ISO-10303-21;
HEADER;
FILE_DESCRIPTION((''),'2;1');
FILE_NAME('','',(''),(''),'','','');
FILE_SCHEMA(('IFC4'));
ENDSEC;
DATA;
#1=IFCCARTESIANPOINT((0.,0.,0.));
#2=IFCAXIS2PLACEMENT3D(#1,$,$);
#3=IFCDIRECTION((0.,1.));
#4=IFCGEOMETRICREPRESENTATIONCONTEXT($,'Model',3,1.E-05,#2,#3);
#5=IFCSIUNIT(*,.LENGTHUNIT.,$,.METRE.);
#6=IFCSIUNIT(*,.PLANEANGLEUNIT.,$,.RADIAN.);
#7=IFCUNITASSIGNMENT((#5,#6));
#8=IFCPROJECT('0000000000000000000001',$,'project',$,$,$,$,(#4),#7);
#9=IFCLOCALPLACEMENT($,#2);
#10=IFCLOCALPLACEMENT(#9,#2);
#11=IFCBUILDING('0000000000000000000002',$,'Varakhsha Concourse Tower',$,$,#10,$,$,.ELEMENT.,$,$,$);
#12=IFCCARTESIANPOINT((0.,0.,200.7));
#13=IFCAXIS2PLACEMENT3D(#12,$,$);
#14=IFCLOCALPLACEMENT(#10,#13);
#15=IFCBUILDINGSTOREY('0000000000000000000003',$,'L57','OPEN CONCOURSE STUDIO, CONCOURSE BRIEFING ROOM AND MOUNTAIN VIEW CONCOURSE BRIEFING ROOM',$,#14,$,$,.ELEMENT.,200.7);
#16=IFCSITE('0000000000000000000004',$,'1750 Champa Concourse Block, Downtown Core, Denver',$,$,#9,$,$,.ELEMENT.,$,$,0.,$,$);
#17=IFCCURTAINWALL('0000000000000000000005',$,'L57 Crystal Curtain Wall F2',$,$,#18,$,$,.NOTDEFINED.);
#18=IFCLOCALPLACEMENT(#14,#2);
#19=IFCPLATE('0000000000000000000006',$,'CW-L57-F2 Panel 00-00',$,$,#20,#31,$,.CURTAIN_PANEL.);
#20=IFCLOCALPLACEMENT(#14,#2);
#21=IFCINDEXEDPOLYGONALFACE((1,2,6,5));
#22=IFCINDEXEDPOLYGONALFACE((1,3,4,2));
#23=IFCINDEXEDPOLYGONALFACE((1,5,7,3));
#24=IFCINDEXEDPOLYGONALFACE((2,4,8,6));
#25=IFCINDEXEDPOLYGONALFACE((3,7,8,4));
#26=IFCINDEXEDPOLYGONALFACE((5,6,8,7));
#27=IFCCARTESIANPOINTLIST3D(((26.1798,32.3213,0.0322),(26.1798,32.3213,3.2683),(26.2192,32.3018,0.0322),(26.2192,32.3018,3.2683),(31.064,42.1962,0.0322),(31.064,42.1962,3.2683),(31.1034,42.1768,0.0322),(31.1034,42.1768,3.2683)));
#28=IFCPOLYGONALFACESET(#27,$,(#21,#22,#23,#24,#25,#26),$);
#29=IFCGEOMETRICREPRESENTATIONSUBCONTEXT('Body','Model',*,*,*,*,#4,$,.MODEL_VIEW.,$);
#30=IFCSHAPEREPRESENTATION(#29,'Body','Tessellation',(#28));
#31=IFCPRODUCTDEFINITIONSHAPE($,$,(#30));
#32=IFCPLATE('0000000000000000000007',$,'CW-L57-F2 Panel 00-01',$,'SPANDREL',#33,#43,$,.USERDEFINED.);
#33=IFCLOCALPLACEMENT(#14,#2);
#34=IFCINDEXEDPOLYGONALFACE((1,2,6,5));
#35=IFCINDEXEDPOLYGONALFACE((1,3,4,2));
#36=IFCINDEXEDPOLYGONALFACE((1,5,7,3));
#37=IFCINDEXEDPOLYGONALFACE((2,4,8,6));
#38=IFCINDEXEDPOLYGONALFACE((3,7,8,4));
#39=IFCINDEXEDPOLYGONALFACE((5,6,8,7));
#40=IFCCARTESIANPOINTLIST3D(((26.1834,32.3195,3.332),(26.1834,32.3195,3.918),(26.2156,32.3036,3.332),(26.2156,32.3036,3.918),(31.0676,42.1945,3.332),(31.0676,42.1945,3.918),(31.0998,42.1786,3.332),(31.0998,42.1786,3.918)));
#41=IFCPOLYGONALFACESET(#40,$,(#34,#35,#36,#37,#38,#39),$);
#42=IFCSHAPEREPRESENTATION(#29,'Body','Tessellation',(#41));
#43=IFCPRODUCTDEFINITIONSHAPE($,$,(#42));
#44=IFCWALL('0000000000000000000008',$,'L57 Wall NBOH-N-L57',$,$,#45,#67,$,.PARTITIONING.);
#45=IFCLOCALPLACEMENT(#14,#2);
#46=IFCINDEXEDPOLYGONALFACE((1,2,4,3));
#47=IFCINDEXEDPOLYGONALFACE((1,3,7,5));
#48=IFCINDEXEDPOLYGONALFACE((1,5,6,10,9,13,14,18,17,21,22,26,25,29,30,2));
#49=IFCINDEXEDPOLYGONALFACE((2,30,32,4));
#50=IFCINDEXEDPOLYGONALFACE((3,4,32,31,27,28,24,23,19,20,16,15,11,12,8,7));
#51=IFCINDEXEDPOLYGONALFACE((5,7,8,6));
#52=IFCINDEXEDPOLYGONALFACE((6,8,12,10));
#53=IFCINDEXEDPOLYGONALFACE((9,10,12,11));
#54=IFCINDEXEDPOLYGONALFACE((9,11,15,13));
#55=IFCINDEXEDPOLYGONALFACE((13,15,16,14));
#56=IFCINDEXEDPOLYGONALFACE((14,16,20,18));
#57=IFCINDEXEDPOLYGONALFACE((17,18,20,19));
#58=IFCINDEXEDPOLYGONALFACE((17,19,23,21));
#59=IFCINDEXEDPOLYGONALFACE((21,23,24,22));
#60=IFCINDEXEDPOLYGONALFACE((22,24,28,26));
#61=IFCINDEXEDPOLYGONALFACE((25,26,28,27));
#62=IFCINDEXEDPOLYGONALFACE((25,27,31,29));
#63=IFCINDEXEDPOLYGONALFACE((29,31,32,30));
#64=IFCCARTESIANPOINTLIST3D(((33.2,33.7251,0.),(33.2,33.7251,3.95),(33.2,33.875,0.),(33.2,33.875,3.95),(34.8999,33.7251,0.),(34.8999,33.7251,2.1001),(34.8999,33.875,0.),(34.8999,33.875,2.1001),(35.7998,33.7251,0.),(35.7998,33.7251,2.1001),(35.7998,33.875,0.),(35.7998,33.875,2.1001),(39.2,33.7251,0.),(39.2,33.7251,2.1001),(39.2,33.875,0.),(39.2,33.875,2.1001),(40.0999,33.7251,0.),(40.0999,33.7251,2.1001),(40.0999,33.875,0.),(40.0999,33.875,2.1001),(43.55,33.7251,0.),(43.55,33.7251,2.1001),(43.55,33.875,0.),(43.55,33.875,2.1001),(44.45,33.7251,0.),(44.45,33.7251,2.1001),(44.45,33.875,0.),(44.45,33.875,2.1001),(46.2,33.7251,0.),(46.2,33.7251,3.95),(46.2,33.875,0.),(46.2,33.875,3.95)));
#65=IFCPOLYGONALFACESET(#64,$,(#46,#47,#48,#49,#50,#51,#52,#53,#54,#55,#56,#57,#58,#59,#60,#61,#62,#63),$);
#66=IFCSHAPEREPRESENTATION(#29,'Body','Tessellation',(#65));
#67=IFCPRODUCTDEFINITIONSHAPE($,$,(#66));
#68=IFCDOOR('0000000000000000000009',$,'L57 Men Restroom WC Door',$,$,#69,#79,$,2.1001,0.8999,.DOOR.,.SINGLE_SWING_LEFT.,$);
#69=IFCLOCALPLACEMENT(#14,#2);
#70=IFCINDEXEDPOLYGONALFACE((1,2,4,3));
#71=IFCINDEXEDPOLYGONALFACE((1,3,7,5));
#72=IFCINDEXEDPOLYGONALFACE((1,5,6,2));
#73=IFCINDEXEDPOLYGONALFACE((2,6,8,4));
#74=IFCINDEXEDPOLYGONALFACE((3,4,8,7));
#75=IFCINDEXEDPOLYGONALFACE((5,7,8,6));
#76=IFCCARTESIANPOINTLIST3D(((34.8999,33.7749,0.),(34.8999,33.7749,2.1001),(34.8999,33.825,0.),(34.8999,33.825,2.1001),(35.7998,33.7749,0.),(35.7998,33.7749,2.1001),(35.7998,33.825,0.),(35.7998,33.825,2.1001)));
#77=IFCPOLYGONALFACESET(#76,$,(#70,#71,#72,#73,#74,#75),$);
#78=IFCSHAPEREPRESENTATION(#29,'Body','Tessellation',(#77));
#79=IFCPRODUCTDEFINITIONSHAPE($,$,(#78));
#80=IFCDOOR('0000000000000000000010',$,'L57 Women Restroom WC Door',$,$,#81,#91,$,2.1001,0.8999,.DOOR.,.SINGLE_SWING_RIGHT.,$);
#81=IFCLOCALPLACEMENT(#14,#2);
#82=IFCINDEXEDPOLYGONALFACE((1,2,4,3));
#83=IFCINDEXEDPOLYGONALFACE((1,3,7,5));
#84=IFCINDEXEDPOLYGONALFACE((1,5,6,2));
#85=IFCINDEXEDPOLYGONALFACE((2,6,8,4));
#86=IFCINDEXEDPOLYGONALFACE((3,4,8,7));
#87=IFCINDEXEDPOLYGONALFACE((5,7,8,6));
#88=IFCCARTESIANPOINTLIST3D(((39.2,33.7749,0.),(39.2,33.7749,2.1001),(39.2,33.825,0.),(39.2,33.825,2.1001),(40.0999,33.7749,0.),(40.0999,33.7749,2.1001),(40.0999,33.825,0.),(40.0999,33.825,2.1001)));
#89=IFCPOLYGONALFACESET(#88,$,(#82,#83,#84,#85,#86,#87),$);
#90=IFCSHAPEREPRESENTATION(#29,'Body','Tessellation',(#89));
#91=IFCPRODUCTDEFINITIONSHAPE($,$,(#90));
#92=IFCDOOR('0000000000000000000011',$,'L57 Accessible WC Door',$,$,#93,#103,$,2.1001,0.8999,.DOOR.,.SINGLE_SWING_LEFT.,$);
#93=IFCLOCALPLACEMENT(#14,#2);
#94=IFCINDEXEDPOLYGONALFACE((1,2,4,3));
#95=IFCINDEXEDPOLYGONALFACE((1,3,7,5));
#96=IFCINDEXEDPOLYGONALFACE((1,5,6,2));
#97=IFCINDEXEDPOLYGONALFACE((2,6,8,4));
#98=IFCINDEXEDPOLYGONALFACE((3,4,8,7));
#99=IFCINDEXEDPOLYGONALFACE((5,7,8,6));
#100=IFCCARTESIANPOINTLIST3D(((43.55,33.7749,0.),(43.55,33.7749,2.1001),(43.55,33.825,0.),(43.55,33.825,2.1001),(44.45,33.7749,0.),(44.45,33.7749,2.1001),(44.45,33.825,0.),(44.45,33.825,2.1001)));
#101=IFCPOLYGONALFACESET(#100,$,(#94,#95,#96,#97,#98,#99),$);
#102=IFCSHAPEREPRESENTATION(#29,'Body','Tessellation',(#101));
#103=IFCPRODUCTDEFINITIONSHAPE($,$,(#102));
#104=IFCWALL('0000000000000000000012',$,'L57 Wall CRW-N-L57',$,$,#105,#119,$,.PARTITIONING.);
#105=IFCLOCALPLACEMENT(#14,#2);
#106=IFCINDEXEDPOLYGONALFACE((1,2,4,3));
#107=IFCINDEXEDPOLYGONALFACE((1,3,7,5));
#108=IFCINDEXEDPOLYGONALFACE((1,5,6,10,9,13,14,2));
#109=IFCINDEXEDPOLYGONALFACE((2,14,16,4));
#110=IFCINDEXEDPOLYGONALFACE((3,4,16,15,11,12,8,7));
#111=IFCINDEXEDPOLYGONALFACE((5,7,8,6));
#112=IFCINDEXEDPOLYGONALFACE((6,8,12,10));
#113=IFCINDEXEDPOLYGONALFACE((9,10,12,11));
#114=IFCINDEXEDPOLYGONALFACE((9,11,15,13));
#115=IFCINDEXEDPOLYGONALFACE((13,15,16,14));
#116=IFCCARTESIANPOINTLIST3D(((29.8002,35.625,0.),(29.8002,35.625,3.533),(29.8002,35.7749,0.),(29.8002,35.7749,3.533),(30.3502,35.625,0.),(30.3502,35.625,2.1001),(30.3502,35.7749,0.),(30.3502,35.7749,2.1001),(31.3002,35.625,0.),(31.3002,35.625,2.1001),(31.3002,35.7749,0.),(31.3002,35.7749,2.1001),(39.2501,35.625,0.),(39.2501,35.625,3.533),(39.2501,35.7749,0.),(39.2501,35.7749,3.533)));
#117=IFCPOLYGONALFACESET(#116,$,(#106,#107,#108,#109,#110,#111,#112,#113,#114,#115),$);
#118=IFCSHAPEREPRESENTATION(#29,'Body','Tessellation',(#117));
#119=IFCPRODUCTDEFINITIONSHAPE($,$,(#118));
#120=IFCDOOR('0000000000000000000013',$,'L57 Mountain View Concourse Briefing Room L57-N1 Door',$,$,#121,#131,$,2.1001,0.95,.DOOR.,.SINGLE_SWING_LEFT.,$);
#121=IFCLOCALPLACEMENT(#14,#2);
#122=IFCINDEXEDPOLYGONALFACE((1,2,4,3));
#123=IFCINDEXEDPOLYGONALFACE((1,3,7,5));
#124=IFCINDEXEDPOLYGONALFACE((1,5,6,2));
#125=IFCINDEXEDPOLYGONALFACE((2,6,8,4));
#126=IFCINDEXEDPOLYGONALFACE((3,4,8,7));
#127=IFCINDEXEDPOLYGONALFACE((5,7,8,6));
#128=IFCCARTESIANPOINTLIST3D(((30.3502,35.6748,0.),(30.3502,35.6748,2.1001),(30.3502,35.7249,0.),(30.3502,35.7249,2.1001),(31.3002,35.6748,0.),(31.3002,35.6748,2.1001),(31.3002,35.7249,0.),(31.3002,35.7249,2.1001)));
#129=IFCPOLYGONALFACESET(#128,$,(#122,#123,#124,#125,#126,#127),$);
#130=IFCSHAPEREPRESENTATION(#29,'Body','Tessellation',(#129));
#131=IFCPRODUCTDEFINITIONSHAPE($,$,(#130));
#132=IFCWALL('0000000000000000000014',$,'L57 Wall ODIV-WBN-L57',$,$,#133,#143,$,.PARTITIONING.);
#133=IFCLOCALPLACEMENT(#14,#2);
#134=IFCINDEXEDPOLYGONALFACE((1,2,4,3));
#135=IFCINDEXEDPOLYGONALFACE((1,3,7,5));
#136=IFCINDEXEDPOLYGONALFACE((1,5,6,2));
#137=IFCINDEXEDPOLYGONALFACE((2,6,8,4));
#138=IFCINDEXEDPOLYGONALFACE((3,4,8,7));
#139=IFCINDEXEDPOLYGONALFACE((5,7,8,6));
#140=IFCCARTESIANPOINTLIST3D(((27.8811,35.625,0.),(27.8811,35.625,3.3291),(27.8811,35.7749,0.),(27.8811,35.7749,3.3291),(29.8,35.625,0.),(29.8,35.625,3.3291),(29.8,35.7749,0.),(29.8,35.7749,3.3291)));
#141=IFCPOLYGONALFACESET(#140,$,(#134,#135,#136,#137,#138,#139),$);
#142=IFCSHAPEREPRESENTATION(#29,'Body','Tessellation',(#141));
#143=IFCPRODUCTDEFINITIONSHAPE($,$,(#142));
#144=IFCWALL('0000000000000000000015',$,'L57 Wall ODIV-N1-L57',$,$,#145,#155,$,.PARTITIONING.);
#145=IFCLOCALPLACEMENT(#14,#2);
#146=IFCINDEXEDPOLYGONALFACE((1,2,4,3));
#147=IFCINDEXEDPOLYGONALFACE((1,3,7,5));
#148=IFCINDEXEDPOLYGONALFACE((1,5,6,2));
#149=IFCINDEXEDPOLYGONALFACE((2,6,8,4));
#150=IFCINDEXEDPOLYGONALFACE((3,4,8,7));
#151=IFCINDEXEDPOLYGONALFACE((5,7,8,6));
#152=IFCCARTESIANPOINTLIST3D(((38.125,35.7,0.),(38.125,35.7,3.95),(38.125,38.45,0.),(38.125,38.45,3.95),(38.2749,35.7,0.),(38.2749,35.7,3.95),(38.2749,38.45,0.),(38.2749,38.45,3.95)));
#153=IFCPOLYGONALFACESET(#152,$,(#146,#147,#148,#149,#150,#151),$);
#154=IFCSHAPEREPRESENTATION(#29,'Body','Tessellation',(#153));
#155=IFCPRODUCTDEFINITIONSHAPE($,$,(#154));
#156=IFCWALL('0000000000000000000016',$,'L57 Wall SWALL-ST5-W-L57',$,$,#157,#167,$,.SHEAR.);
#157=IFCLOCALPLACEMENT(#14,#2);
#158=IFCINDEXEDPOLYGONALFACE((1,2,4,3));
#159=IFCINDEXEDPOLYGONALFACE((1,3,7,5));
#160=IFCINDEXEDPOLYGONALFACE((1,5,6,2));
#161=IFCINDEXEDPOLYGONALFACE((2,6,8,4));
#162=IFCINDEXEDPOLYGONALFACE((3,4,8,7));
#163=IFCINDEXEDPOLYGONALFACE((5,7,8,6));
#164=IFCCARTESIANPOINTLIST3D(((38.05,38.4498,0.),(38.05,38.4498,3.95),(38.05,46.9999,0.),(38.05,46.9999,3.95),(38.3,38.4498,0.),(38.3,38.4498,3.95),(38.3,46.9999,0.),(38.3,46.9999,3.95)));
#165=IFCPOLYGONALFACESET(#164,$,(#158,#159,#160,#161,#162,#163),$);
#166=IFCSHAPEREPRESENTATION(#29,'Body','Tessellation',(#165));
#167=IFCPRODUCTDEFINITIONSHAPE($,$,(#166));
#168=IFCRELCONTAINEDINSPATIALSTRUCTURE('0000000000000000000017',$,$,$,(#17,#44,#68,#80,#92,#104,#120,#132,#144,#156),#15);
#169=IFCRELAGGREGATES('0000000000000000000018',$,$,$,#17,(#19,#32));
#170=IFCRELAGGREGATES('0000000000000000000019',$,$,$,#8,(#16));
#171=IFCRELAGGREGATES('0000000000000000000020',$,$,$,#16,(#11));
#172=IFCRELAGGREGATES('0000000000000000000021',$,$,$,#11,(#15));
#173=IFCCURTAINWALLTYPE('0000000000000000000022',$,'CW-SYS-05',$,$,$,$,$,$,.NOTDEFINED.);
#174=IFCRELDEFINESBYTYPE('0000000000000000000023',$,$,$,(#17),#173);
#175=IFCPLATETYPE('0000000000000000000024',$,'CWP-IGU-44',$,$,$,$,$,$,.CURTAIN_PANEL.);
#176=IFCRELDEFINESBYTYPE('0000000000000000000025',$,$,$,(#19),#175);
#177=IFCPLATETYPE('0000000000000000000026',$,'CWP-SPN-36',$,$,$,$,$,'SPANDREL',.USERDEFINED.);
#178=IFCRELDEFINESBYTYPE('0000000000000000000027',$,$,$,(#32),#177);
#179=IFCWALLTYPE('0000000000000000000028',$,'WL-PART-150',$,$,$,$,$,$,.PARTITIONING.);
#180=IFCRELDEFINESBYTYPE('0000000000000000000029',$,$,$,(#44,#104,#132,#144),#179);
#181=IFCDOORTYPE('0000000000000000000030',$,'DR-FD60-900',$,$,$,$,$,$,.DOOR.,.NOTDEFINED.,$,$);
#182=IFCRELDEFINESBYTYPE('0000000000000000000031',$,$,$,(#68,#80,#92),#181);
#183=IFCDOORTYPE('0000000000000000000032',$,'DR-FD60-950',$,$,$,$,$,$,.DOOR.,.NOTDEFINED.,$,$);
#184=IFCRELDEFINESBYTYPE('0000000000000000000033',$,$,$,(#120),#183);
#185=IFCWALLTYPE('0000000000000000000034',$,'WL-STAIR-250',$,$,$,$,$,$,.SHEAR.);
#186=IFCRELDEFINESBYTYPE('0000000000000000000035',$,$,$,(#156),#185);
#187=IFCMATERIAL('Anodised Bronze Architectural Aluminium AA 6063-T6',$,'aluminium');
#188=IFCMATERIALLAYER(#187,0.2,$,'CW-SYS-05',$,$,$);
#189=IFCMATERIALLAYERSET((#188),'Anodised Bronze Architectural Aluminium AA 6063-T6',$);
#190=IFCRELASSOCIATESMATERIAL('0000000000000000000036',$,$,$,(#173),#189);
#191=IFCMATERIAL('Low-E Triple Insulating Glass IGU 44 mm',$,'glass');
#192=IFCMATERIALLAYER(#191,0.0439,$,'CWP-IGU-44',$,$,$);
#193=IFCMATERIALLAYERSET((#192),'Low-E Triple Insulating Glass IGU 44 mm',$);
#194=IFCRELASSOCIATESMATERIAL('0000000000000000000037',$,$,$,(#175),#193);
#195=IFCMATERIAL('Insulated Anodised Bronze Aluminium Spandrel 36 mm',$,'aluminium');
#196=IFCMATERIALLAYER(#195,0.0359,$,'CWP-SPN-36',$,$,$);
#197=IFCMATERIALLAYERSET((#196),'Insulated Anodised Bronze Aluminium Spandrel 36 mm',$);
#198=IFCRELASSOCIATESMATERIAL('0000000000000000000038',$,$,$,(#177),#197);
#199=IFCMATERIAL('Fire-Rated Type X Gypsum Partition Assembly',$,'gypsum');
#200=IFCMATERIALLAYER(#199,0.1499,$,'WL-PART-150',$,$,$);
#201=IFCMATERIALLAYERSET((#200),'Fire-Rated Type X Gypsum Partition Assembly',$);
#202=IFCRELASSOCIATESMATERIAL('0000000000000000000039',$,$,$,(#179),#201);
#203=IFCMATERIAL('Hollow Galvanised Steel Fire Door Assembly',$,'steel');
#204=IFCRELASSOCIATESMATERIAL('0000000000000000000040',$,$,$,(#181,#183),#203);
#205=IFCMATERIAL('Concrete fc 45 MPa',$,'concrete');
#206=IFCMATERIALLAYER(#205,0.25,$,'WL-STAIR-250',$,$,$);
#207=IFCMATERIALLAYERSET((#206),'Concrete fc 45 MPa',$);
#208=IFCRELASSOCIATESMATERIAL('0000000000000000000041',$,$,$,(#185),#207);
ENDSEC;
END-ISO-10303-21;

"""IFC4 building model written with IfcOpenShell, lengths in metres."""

from ifc_helpers import new_model, si_unit, direction, frame, frame_2d, origin, origin_2d, place, context, subcontext, project, spatial, rectangle, extrude, source, transform, mapped, material, layer, layer_set, type_object, type_shapes, element, fill, aggregate, save


model = new_model("IFC4")

# Units and contexts
model_context = context("Model", 3, precision=1e-05, world=origin(), true_north=direction((0.0, 1.0)))
body_context = subcontext(model_context, "Body", "Model", "MODEL_VIEW")
ifc_project = project(units=[si_unit("LENGTHUNIT", "METRE"), si_unit("PLANEANGLEUNIT", "RADIAN")], contexts=[model_context])

# Site, building, storey
site_placement = place(None, origin())
site = spatial("IfcSite", under=ifc_project, at=site_placement, Name="1750 Champa Concourse Block, Downtown Core, Denver", CompositionType="ELEMENT", RefElevation=0.0)
building_placement = place(site_placement, origin())
building = spatial("IfcBuilding", under=site, at=building_placement, Name="Varakhsha Concourse Tower", CompositionType="ELEMENT")
storey_placement = place(building_placement, frame((0.0, 0.0, 200.7)))
storey = spatial("IfcBuildingStorey", under=building, at=storey_placement, Name="L57", Description="OPEN CONCOURSE STUDIO, CONCOURSE BRIEFING ROOM AND MOUNTAIN VIEW CONCOURSE BRIEFING ROOM", CompositionType="ELEMENT", Elevation=200.7)

# Curtain wall
ifc_material_1 = material(Name="Anodised Bronze Architectural Aluminium AA 6063-T6", Category="aluminium")
ifc_layer_1 = layer(ifc_material_1, 0.2, Name="CW-SYS-05")
ifc_layer_set_1 = layer_set([ifc_layer_1], Name="Anodised Bronze Architectural Aluminium AA 6063-T6")
curtain_wall_type = type_object("IfcCurtainWallType", Name="CW-SYS-05", PredefinedType="NOTDEFINED", material=ifc_layer_set_1)
curtain_wall_1_placement = place(storey_placement, origin())
curtain_wall_1 = element("IfcCurtainWall", 1, at=curtain_wall_1_placement, inside=storey, type_object=curtain_wall_type, Name="L57 Crystal Curtain Wall F2", PredefinedType="NOTDEFINED")

# Plates
ifc_material_2 = material(Name="Low-E Triple Insulating Glass IGU 44 mm", Category="glass")
ifc_layer_2 = layer(ifc_material_2, 0.0439, Name="CWP-IGU-44")
ifc_layer_set_2 = layer_set([ifc_layer_2], Name="Low-E Triple Insulating Glass IGU 44 mm")
plate_type_1 = type_object("IfcPlateType", Name="CWP-IGU-44", PredefinedType="CURTAIN_PANEL", material=ifc_layer_set_2)
shared_shape_1 = source(origin(), body_context, "Body", "SweptSolid", [
    extrude(rectangle(XDim=11.0168, YDim=0.0439, at=origin_2d()), origin(), (0.0, 0.0, 1.0), 3.2361),
])
type_shapes(plate_type_1, [shared_shape_1])
plate_1_placement = place(storey_placement, frame((28.6416, 37.249, 0.0322), z_axis=(0.0, 0.0, 1.0), x_axis=(0.443343, 0.896352, 0.0)))
plate_1 = element("IfcPlate", 2, at=plate_1_placement, type_object=plate_type_1, Name="CW-L57-F2 Panel 00-00", PredefinedType="CURTAIN_PANEL", context=body_context, shape_type="MappedRepresentation", body=[
    mapped(shared_shape_1, transform((0.0, 0.0, 0.0), scale=1.0)),
])
ifc_material_3 = material(Name="Insulated Anodised Bronze Aluminium Spandrel 36 mm", Category="aluminium")
ifc_layer_3 = layer(ifc_material_3, 0.0359, Name="CWP-SPN-36")
ifc_layer_set_3 = layer_set([ifc_layer_3], Name="Insulated Anodised Bronze Aluminium Spandrel 36 mm")
plate_type_2 = type_object("IfcPlateType", Name="CWP-SPN-36", ElementType="SPANDREL", PredefinedType="USERDEFINED", material=ifc_layer_set_3)
shared_shape_2 = source(origin(), body_context, "Body", "SweptSolid", [
    extrude(rectangle(XDim=11.0168, YDim=0.0359, at=origin_2d()), origin(), (0.0, 0.0, 1.0), 0.5859),
])
type_shapes(plate_type_2, [shared_shape_2])
plate_2_placement = place(storey_placement, frame((28.6416, 37.249, 3.332), z_axis=(0.0, 0.0, 1.0), x_axis=(0.443343, 0.896352, 0.0)))
plate_2 = element("IfcPlate", 3, at=plate_2_placement, type_object=plate_type_2, Name="CW-L57-F2 Panel 00-01", ObjectType="SPANDREL", PredefinedType="USERDEFINED", context=body_context, shape_type="MappedRepresentation", body=[
    mapped(shared_shape_2, transform((0.0, 0.0, 0.0), scale=1.0)),
])
aggregate(curtain_wall_1, [plate_1, plate_2])

# Wall, openings, doors
ifc_material_4 = material(Name="Fire-Rated Type X Gypsum Partition Assembly", Category="gypsum")
ifc_layer_4 = layer(ifc_material_4, 0.1499, Name="WL-PART-150")
ifc_layer_set_4 = layer_set([ifc_layer_4], Name="Fire-Rated Type X Gypsum Partition Assembly")
wall_type_1 = type_object("IfcWallType", Name="WL-PART-150", PredefinedType="PARTITIONING", material=ifc_layer_set_4)
wall_1_placement = place(storey_placement, frame((33.2, 33.8, 0.0), z_axis=(0.0, 0.0, 1.0), x_axis=(1.0, 0.0, 0.0)))
wall_1 = element("IfcWall", 4, at=wall_1_placement, inside=storey, type_object=wall_type_1, Name="L57 Wall NBOH-N-L57", PredefinedType="PARTITIONING", context=body_context, shape_type="SweptSolid", body=[
    extrude(rectangle(XDim=13.0, YDim=0.1499, at=frame_2d((6.5, 0.0))), origin(), (0.0, 0.0, 1.0), 3.95),
])
opening_1_placement = place(wall_1_placement, frame((1.7, 0.0, 0.0)))
opening_1 = element("IfcOpeningElement", 5, at=opening_1_placement, cuts=wall_1, PredefinedType="OPENING", context=body_context, shape_type="SweptSolid", body=[
    extrude(rectangle(XDim=0.8999, YDim=2.1001, at=frame_2d((0.45, 1.05))), frame((0.0, 0.085, 0.0), z_axis=(0.0, -1.0, 0.0), x_axis=(1.0, 0.0, 0.0)), (0.0, 0.0, 1.0), 0.1699),
])
opening_2_placement = place(wall_1_placement, frame((6.0, 0.0, 0.0)))
opening_2 = element("IfcOpeningElement", 6, at=opening_2_placement, cuts=wall_1, PredefinedType="OPENING", context=body_context, shape_type="SweptSolid", body=[
    extrude(rectangle(XDim=0.8999, YDim=2.1001, at=frame_2d((0.45, 1.05))), frame((0.0, 0.085, 0.0), z_axis=(0.0, -1.0, 0.0), x_axis=(1.0, 0.0, 0.0)), (0.0, 0.0, 1.0), 0.1699),
])
opening_3_placement = place(wall_1_placement, frame((10.3501, 0.0, 0.0)))
opening_3 = element("IfcOpeningElement", 7, at=opening_3_placement, cuts=wall_1, PredefinedType="OPENING", context=body_context, shape_type="SweptSolid", body=[
    extrude(rectangle(XDim=0.8999, YDim=2.1001, at=frame_2d((0.45, 1.05))), frame((0.0, 0.085, 0.0), z_axis=(0.0, -1.0, 0.0), x_axis=(1.0, 0.0, 0.0)), (0.0, 0.0, 1.0), 0.1699),
])
ifc_material_5 = material(Name="Hollow Galvanised Steel Fire Door Assembly", Category="steel")
door_type_1 = type_object("IfcDoorType", Name="DR-FD60-900", OperationType="NOTDEFINED", PredefinedType="DOOR", material=ifc_material_5)
door_1_placement = place(opening_1_placement, origin())
door_1 = element("IfcDoor", 8, at=door_1_placement, inside=storey, type_object=door_type_1, Name="L57 Men Restroom WC Door", OperationType="SINGLE_SWING_LEFT", OverallHeight=2.1001, OverallWidth=0.8999, PredefinedType="DOOR", context=body_context, shape_type="SweptSolid", body=[
    extrude(rectangle(XDim=0.8999, YDim=2.1001, at=frame_2d((0.45, 1.05))), frame((0.0, 0.0249, 0.0), z_axis=(0.0, -1.0, 0.0), x_axis=(1.0, 0.0, 0.0)), (0.0, 0.0, 1.0), 0.05),
])
fill(opening_1, door_1)
door_2_placement = place(opening_2_placement, origin())
door_2 = element("IfcDoor", 9, at=door_2_placement, inside=storey, type_object=door_type_1, Name="L57 Women Restroom WC Door", OperationType="SINGLE_SWING_RIGHT", OverallHeight=2.1001, OverallWidth=0.8999, PredefinedType="DOOR", context=body_context, shape_type="SweptSolid", body=[
    extrude(rectangle(XDim=0.8999, YDim=2.1001, at=frame_2d((0.45, 1.05))), frame((0.0, 0.0249, 0.0), z_axis=(0.0, -1.0, 0.0), x_axis=(1.0, 0.0, 0.0)), (0.0, 0.0, 1.0), 0.05),
])
fill(opening_2, door_2)
door_3_placement = place(opening_3_placement, origin())
door_3 = element("IfcDoor", 10, at=door_3_placement, inside=storey, type_object=door_type_1, Name="L57 Accessible WC Door", OperationType="SINGLE_SWING_LEFT", OverallHeight=2.1001, OverallWidth=0.8999, PredefinedType="DOOR", context=body_context, shape_type="SweptSolid", body=[
    extrude(rectangle(XDim=0.8999, YDim=2.1001, at=frame_2d((0.45, 1.05))), frame((0.0, 0.0249, 0.0), z_axis=(0.0, -1.0, 0.0), x_axis=(1.0, 0.0, 0.0)), (0.0, 0.0, 1.0), 0.05),
])
fill(opening_3, door_3)

# Wall, opening, door
wall_2_placement = place(storey_placement, frame((29.8, 35.7, 0.0), z_axis=(0.0, 0.0, 1.0), x_axis=(1.0, 0.0, 0.0)))
wall_2 = element("IfcWall", 11, at=wall_2_placement, inside=storey, type_object=wall_type_1, Name="L57 Wall CRW-N-L57", PredefinedType="PARTITIONING", context=body_context, shape_type="SweptSolid", body=[
    extrude(rectangle(XDim=9.45, YDim=0.1499, at=frame_2d((4.7251, 0.0))), origin(), (0.0, 0.0, 1.0), 3.533),
])
opening_4_placement = place(wall_2_placement, frame((0.55, 0.0, 0.0)))
opening_4 = element("IfcOpeningElement", 12, at=opening_4_placement, cuts=wall_2, PredefinedType="OPENING", context=body_context, shape_type="SweptSolid", body=[
    extrude(rectangle(XDim=0.95, YDim=2.1001, at=frame_2d((0.4751, 1.05))), frame((0.0, 0.085, 0.0), z_axis=(0.0, -1.0, 0.0), x_axis=(1.0, 0.0, 0.0)), (0.0, 0.0, 1.0), 0.1699),
])
door_type_2 = type_object("IfcDoorType", Name="DR-FD60-950", OperationType="NOTDEFINED", PredefinedType="DOOR", material=ifc_material_5)
door_4_placement = place(opening_4_placement, origin())
door_4 = element("IfcDoor", 13, at=door_4_placement, inside=storey, type_object=door_type_2, Name="L57 Mountain View Concourse Briefing Room L57-N1 Door", OperationType="SINGLE_SWING_LEFT", OverallHeight=2.1001, OverallWidth=0.95, PredefinedType="DOOR", context=body_context, shape_type="SweptSolid", body=[
    extrude(rectangle(XDim=0.95, YDim=2.1001, at=frame_2d((0.4751, 1.05))), frame((0.0, 0.0249, 0.0), z_axis=(0.0, -1.0, 0.0), x_axis=(1.0, 0.0, 0.0)), (0.0, 0.0, 1.0), 0.05),
])
fill(opening_4, door_4)

# Walls
wall_3_placement = place(storey_placement, frame((27.8811, 35.7, 0.0), z_axis=(0.0, 0.0, 1.0), x_axis=(1.0, 0.0, 0.0)))
element("IfcWall", 14, at=wall_3_placement, inside=storey, type_object=wall_type_1, Name="L57 Wall ODIV-WBN-L57", PredefinedType="PARTITIONING", context=body_context, shape_type="SweptSolid", body=[
    extrude(rectangle(XDim=1.9189, YDim=0.1499, at=frame_2d((0.9595, 0.0))), origin(), (0.0, 0.0, 1.0), 3.3291),
])
wall_4_placement = place(storey_placement, frame((38.2, 35.7, 0.0), z_axis=(0.0, 0.0, 1.0), x_axis=(0.0, 1.0, 0.0)))
element("IfcWall", 15, at=wall_4_placement, inside=storey, type_object=wall_type_1, Name="L57 Wall ODIV-N1-L57", PredefinedType="PARTITIONING", context=body_context, shape_type="SweptSolid", body=[
    extrude(rectangle(XDim=2.75, YDim=0.1499, at=frame_2d((1.375, 0.0))), origin(), (0.0, 0.0, 1.0), 3.95),
])
ifc_material_6 = material(Name="Concrete fc 45 MPa", Category="concrete")
ifc_layer_5 = layer(ifc_material_6, 0.25, Name="WL-STAIR-250")
ifc_layer_set_5 = layer_set([ifc_layer_5], Name="Concrete fc 45 MPa")
wall_type_2 = type_object("IfcWallType", Name="WL-STAIR-250", PredefinedType="SHEAR", material=ifc_layer_set_5)
wall_5_placement = place(storey_placement, frame((38.175, 38.45, 0.0), z_axis=(0.0, 0.0, 1.0), x_axis=(0.0, 1.0, 0.0)))
element("IfcWall", 16, at=wall_5_placement, inside=storey, type_object=wall_type_2, Name="L57 Wall SWALL-ST5-W-L57", PredefinedType="SHEAR", context=body_context, shape_type="SweptSolid", body=[
    extrude(rectangle(XDim=8.55, YDim=0.25, at=frame_2d((4.2749, 0.0))), origin(), (0.0, 0.0, 1.0), 3.95),
])

save(model, "model.ifc")
